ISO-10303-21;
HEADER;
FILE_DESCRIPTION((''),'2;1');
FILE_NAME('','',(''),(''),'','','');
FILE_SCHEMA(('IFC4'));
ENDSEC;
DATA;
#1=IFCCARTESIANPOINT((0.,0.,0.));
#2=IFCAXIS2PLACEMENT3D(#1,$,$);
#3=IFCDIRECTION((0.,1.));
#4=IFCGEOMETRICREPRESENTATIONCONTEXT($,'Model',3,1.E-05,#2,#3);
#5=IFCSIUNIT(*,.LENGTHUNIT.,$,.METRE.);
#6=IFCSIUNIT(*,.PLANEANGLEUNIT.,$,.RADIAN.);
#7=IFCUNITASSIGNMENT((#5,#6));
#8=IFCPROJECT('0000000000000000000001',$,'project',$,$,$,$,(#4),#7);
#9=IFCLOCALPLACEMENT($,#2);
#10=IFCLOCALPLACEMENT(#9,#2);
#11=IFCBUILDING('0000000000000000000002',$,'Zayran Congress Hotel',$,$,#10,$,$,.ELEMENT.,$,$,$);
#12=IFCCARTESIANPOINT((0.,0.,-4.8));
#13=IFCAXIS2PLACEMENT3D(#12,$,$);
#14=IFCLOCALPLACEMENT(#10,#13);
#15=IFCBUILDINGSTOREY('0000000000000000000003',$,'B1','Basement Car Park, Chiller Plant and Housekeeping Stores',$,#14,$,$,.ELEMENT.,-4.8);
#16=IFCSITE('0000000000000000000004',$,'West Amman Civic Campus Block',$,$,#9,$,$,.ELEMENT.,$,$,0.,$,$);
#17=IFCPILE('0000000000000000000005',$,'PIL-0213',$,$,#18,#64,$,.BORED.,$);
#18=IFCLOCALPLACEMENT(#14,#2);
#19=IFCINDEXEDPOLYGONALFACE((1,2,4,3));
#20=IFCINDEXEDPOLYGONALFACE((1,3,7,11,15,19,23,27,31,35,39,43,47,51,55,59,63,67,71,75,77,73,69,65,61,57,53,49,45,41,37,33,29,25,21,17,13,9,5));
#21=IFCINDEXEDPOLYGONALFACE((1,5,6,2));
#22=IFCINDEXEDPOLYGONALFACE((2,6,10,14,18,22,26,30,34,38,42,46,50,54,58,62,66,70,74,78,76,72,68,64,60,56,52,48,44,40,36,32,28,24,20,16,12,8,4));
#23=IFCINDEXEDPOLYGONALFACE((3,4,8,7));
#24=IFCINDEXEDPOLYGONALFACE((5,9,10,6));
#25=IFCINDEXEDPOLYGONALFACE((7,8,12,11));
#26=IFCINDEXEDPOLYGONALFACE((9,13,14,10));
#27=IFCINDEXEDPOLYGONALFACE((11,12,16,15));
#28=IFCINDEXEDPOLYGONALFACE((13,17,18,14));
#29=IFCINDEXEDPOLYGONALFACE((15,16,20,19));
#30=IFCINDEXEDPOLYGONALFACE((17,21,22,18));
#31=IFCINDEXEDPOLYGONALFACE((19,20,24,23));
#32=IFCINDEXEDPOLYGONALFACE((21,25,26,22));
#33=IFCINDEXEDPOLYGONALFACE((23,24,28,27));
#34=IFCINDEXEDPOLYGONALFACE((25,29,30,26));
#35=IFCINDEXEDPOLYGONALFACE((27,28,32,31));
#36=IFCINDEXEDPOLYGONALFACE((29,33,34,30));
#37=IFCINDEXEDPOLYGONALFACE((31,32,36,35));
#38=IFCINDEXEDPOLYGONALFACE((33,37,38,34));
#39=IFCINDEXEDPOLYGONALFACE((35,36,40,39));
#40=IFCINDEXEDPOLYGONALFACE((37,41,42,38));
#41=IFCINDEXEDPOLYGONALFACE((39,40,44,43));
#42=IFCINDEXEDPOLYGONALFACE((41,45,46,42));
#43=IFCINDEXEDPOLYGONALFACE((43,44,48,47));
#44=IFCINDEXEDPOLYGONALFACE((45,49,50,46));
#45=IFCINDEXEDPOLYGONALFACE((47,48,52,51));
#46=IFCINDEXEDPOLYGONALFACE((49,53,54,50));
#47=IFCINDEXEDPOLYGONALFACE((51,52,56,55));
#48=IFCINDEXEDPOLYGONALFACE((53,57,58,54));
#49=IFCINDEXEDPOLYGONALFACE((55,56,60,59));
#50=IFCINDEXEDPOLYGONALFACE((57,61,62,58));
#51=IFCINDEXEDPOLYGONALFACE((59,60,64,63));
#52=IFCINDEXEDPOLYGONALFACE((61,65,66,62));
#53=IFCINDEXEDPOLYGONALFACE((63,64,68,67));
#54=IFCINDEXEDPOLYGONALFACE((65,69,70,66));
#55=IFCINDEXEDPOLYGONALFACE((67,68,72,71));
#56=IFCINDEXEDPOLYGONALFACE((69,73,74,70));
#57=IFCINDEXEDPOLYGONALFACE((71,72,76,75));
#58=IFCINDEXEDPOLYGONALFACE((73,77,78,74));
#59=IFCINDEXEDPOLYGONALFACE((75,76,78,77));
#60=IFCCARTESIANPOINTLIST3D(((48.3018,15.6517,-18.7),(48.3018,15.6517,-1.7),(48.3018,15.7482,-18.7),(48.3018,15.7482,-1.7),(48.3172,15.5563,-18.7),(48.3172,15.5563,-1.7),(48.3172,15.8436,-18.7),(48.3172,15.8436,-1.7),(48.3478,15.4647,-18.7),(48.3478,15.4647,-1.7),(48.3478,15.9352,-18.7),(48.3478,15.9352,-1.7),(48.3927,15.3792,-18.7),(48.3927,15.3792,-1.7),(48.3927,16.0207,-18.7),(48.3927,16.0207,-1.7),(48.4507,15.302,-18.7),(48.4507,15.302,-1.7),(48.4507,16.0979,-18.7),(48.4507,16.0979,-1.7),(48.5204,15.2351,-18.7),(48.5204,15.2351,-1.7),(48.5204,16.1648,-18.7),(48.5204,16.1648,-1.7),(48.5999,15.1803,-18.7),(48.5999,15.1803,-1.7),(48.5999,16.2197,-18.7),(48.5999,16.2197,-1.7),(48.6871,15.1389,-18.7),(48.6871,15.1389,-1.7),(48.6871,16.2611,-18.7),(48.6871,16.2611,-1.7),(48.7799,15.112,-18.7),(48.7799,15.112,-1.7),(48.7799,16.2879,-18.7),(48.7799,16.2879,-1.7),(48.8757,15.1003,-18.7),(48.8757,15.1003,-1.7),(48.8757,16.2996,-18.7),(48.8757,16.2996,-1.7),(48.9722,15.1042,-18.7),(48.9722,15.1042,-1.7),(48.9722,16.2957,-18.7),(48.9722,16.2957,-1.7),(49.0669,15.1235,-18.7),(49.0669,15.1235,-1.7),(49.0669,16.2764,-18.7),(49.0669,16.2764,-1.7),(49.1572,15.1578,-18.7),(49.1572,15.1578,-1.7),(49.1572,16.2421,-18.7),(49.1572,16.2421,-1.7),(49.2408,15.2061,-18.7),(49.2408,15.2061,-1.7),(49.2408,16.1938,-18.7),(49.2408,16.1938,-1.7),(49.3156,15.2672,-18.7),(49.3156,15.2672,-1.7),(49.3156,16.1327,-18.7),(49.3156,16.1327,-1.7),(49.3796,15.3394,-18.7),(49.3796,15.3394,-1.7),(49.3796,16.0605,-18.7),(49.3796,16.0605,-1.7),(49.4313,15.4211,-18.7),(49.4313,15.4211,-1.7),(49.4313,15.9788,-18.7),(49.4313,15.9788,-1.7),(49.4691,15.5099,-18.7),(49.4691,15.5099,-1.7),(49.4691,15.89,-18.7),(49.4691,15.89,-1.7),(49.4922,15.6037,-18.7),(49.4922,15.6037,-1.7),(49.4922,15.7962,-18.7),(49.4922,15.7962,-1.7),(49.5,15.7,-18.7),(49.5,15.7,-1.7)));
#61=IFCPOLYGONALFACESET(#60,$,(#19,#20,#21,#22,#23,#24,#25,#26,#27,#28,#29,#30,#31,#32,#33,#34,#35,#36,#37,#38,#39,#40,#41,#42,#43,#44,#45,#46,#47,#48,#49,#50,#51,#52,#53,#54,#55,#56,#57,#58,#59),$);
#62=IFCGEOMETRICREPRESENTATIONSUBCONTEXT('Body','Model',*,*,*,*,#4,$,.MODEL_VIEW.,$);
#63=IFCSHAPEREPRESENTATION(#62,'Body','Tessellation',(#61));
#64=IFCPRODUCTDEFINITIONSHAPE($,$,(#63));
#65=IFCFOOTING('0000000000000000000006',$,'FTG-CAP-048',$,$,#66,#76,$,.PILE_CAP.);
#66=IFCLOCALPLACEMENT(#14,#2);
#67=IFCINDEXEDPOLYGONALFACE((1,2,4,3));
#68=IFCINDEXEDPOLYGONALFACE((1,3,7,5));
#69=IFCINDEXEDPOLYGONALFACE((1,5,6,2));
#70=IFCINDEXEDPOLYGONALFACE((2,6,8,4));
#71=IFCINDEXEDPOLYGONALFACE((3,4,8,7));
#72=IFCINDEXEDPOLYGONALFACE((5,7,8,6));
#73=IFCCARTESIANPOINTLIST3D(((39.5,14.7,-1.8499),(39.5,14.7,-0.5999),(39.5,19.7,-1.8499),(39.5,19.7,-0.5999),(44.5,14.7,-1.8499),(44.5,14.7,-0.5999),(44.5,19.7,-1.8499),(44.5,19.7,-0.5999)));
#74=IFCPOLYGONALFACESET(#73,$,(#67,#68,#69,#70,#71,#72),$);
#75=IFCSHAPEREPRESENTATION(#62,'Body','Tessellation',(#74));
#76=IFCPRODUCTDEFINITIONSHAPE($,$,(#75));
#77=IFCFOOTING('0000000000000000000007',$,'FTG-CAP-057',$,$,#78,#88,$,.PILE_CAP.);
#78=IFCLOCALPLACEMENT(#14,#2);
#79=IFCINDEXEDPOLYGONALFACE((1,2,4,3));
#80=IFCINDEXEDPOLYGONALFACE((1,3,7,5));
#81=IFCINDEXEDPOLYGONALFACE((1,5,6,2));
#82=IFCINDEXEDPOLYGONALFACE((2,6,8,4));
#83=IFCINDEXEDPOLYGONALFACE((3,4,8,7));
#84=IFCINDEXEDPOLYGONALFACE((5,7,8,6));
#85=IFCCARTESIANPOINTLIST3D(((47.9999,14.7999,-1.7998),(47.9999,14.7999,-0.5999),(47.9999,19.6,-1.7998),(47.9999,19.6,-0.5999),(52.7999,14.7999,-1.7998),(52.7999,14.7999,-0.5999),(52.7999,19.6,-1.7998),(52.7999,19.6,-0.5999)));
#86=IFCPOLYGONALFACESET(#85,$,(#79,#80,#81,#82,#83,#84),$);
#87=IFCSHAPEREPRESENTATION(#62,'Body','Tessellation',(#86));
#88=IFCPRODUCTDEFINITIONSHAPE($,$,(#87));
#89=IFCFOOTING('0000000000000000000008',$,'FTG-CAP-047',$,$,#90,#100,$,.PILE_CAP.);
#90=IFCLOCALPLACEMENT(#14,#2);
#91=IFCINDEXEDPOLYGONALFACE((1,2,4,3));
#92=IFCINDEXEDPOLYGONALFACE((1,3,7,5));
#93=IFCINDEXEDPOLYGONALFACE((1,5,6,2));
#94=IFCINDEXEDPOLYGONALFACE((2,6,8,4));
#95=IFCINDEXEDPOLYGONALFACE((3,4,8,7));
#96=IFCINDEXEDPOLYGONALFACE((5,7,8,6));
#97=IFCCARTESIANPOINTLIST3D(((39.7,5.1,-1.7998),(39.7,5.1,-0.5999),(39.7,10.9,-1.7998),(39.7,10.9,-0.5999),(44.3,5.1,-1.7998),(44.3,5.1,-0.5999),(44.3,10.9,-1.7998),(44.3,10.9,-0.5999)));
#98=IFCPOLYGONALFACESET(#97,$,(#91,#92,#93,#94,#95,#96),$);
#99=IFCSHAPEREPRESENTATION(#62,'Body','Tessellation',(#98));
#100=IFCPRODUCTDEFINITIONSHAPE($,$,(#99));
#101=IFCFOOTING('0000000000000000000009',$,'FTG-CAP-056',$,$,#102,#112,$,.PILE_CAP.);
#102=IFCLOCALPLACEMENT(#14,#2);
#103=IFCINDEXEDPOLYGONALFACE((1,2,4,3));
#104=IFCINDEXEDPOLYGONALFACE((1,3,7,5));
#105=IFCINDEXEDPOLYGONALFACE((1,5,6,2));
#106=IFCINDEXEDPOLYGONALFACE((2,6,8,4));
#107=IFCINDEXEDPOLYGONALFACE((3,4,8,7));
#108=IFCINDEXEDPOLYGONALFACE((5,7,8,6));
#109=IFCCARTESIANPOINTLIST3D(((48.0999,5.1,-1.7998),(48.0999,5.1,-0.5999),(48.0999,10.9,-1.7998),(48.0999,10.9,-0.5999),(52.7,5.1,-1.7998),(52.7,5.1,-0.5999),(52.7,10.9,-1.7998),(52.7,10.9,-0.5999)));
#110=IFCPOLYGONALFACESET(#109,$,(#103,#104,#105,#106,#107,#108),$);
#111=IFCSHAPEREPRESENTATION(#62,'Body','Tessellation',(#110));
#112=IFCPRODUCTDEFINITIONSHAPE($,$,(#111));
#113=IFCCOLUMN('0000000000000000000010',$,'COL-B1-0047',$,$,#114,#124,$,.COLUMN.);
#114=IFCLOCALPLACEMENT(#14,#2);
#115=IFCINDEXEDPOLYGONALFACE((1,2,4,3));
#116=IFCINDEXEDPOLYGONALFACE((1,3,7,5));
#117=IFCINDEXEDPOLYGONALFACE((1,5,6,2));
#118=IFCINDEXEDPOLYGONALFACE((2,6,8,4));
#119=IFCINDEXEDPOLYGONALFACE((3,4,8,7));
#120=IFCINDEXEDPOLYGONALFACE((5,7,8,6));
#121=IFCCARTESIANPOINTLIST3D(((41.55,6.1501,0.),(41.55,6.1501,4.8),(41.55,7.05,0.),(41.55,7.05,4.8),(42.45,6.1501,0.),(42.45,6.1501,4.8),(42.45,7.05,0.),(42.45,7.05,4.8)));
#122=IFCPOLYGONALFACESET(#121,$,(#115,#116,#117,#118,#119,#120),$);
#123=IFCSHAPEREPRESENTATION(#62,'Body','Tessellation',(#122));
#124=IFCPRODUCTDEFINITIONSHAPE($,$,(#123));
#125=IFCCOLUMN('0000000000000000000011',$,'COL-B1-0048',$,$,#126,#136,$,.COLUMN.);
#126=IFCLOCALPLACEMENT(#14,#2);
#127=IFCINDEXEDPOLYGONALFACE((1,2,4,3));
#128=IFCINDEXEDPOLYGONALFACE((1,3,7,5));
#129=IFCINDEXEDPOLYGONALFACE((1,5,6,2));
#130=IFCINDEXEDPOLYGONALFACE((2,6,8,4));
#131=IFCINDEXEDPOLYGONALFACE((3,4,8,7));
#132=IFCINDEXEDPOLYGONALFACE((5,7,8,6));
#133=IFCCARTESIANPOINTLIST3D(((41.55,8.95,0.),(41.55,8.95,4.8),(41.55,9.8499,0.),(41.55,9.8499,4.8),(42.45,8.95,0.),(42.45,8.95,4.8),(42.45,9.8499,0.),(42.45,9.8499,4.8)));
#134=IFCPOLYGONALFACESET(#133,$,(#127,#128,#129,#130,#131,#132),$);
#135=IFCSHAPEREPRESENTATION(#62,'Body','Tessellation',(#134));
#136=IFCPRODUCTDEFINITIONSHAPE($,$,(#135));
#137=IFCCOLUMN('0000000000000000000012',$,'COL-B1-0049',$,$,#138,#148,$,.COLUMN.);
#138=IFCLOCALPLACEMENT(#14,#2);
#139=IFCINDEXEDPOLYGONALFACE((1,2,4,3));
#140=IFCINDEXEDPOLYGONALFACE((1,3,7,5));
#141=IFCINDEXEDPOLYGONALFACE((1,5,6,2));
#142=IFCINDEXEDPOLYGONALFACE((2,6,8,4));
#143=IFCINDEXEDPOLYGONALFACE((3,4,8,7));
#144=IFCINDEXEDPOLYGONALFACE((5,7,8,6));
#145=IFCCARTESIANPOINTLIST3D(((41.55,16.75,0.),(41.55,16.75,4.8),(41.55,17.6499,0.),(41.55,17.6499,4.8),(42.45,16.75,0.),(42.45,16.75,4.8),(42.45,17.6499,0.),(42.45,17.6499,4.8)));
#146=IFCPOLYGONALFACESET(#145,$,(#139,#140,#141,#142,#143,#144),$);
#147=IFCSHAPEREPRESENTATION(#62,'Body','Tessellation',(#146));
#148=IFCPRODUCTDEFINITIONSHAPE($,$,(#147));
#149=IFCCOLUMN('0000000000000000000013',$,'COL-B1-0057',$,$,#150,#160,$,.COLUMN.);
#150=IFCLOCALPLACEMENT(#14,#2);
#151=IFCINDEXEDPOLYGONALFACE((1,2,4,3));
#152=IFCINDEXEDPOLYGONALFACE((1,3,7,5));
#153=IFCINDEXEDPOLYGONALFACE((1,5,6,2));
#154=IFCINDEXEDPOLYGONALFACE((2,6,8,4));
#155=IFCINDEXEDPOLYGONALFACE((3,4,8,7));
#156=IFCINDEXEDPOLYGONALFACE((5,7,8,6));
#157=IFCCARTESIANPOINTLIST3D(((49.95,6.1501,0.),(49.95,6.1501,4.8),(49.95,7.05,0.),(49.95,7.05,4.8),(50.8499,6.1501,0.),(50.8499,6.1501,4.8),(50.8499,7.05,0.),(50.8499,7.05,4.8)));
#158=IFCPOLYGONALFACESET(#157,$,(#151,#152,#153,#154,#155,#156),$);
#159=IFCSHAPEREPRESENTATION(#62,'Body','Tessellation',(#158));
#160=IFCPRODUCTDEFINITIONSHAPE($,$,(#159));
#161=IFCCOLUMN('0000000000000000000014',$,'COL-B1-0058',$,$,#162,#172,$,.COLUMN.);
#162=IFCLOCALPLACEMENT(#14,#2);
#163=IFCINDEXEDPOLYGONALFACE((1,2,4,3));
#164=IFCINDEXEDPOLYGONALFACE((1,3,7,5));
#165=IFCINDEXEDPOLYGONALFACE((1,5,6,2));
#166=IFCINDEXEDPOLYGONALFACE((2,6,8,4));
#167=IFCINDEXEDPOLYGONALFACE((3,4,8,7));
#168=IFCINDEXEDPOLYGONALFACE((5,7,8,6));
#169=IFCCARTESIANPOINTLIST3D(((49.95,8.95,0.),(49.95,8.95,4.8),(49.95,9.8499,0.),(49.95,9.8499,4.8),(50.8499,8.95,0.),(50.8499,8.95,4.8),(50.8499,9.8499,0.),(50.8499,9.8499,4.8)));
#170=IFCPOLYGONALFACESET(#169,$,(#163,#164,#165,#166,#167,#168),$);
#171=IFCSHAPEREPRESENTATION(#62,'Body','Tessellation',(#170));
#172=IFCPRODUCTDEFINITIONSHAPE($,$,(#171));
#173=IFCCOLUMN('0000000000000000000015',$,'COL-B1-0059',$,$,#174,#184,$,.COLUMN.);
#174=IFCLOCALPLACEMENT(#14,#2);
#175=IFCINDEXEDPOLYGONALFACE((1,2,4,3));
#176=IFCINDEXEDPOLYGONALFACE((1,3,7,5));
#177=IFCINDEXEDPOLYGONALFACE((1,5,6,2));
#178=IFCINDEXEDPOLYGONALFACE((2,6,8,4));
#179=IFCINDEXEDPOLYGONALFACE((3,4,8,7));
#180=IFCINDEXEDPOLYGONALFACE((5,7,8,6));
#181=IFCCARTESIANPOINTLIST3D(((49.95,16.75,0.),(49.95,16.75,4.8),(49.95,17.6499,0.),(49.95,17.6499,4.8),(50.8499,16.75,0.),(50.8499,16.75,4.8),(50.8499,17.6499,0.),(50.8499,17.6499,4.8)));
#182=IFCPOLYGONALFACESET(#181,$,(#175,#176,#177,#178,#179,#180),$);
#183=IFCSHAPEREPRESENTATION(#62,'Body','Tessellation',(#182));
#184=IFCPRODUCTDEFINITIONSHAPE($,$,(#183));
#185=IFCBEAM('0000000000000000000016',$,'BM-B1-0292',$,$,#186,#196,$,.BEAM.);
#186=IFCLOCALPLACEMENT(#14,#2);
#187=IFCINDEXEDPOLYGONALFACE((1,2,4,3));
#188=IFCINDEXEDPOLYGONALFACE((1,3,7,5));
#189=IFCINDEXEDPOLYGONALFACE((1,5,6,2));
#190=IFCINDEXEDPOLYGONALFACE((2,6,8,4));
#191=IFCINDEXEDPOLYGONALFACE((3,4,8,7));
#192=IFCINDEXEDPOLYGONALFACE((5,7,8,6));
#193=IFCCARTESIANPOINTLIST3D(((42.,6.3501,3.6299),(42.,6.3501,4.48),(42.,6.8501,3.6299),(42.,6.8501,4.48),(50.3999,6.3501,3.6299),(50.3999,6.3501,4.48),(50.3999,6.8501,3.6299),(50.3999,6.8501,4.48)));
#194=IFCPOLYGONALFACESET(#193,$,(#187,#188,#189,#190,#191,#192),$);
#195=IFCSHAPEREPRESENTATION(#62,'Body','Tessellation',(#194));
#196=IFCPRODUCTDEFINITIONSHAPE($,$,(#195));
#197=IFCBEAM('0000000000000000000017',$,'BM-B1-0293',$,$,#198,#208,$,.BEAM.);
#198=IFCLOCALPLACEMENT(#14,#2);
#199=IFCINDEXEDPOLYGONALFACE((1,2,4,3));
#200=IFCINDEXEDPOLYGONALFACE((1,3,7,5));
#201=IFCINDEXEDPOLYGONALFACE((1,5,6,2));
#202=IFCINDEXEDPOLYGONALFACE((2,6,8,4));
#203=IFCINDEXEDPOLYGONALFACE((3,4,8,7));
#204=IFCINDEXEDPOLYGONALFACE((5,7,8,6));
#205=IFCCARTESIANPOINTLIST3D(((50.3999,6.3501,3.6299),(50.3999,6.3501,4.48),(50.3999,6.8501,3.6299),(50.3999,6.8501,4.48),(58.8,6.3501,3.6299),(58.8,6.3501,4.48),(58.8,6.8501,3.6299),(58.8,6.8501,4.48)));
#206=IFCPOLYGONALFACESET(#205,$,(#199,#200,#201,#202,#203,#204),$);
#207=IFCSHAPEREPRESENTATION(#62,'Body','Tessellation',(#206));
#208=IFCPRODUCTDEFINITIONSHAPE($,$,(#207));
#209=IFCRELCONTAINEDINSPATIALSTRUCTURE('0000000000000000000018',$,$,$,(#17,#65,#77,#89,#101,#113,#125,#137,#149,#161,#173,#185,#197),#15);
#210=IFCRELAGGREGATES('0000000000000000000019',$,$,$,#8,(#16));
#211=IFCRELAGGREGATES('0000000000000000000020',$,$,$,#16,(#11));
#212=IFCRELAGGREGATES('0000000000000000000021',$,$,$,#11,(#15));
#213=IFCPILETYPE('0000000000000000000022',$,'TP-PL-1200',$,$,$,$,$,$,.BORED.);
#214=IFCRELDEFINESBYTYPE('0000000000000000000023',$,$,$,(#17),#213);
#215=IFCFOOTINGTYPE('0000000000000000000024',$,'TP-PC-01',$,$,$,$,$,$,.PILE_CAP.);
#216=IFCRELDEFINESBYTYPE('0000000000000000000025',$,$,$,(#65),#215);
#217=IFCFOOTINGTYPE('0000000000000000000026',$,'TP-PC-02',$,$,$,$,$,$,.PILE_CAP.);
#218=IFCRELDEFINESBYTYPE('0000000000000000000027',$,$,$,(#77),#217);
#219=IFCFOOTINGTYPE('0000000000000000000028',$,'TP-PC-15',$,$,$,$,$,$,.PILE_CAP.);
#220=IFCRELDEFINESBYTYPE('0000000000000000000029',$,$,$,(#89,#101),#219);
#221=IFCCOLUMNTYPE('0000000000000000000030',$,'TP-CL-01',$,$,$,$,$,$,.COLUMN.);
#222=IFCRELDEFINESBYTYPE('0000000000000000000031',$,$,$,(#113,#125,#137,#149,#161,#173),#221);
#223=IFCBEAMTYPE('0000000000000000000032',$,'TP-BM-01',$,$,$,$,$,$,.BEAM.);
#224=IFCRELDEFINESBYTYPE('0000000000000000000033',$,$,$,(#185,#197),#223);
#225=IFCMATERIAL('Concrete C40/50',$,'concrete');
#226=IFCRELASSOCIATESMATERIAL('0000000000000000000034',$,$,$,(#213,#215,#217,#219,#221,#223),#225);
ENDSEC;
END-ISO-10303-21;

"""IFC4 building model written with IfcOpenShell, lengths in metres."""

from ifc_helpers import new_model, si_unit, direction, frame, origin, origin_2d, place, context, subcontext, project, spatial, rectangle, circle, extrude, material, material_profile, profile_set, type_object, element, save


model = new_model("IFC4")

# Units and contexts
model_context = context("Model", 3, precision=1e-05, world=origin(), true_north=direction((0.0, 1.0)))
body_context = subcontext(model_context, "Body", "Model", "MODEL_VIEW")
ifc_project = project(units=[si_unit("LENGTHUNIT", "METRE"), si_unit("PLANEANGLEUNIT", "RADIAN")], contexts=[model_context])

# Site, building, storey
site_placement = place(None, origin())
site = spatial("IfcSite", under=ifc_project, at=site_placement, Name="West Amman Civic Campus Block", CompositionType="ELEMENT", RefElevation=0.0)
building_placement = place(site_placement, origin())
building = spatial("IfcBuilding", under=site, at=building_placement, Name="Zayran Congress Hotel", CompositionType="ELEMENT")
storey_placement = place(building_placement, frame((0.0, 0.0, -4.8)))
storey = spatial("IfcBuildingStorey", under=building, at=storey_placement, Name="B1", Description="Basement Car Park, Chiller Plant and Housekeeping Stores", CompositionType="ELEMENT", Elevation=-4.8)

# Pile
ifc_material_1 = material(Name="Concrete C40/50", Category="concrete")
ifc_material_profile_1 = material_profile(ifc_material_1, circle(Radius=0.6001, at=origin_2d()), Name="PILE D1200")
ifc_profile_set_1 = profile_set([ifc_material_profile_1], Name="Concrete C40/50")
pile_type = type_object("IfcPileType", Name="TP-PL-1200", PredefinedType="BORED", material=ifc_profile_set_1)
for number, where, z_axis, x_axis, name in (
    (1, (48.8999, 15.7, -1.7), (0.0, 0.0, -1.0), (1.0, 0.0, 0.0), "PIL-0213"),
):
    element("IfcPile", number, at=place(storey_placement, frame(where, z_axis=z_axis, x_axis=x_axis)), inside=storey, type_object=pile_type, Name=name, PredefinedType="BORED", context=body_context, shape_type="SweptSolid", body=[
        extrude(circle(Radius=0.6001, at=origin_2d()), origin(), (0.0, 0.0, 1.0), 17.0),
    ])

# Footings
footing_type_1 = type_object("IfcFootingType", Name="TP-PC-01", PredefinedType="PILE_CAP", material=ifc_material_1)
footing_1_placement = place(storey_placement, frame((42.0, 17.2, -1.8499), z_axis=(0.0, 0.0, 1.0), x_axis=(1.0, 0.0, 0.0)))
element("IfcFooting", 2, at=footing_1_placement, inside=storey, type_object=footing_type_1, Name="FTG-CAP-048", PredefinedType="PILE_CAP", context=body_context, shape_type="SweptSolid", body=[
    extrude(rectangle(XDim=5.0, YDim=5.0, at=origin_2d()), origin(), (0.0, 0.0, 1.0), 1.25),
])
footing_type_2 = type_object("IfcFootingType", Name="TP-PC-02", PredefinedType="PILE_CAP", material=ifc_material_1)
footing_2_placement = place(storey_placement, frame((50.3999, 17.2, -1.7998), z_axis=(0.0, 0.0, 1.0), x_axis=(1.0, 0.0, 0.0)))
element("IfcFooting", 3, at=footing_2_placement, inside=storey, type_object=footing_type_2, Name="FTG-CAP-057", PredefinedType="PILE_CAP", context=body_context, shape_type="SweptSolid", body=[
    extrude(rectangle(XDim=4.8, YDim=4.8, at=origin_2d()), origin(), (0.0, 0.0, 1.0), 1.2),
])
footing_type_3 = type_object("IfcFootingType", Name="TP-PC-15", PredefinedType="PILE_CAP", material=ifc_material_1)
for number, where, z_axis, x_axis, name in (
    (4, (42.0, 8.0, -1.7998), (0.0, 0.0, 1.0), (1.0, 0.0, 0.0), "FTG-CAP-047"),
    (5, (50.3999, 8.0, -1.7998), (0.0, 0.0, 1.0), (1.0, 0.0, 0.0), "FTG-CAP-056"),
):
    element("IfcFooting", number, at=place(storey_placement, frame(where, z_axis=z_axis, x_axis=x_axis)), inside=storey, type_object=footing_type_3, Name=name, PredefinedType="PILE_CAP", context=body_context, shape_type="SweptSolid", body=[
        extrude(rectangle(XDim=4.6001, YDim=5.8, at=origin_2d()), origin(), (0.0, 0.0, 1.0), 1.2),
    ])

# Columns
ifc_material_profile_2 = material_profile(ifc_material_1, rectangle(XDim=0.8999, YDim=0.8999, at=origin_2d()), Name="RC 900x900")
ifc_profile_set_2 = profile_set([ifc_material_profile_2], Name="Concrete C40/50")
column_type = type_object("IfcColumnType", Name="TP-CL-01", PredefinedType="COLUMN", material=ifc_profile_set_2)
for number, where, z_axis, x_axis, name in (
    (6, (42.0, 6.6001, 0.0), (0.0, 0.0, 1.0), (1.0, 0.0, 0.0), "COL-B1-0047"),
    (7, (42.0, 9.3999, 0.0), (0.0, 0.0, 1.0), (1.0, 0.0, 0.0), "COL-B1-0048"),
    (8, (42.0, 17.2, 0.0), (0.0, 0.0, 1.0), (1.0, 0.0, 0.0), "COL-B1-0049"),
    (9, (50.3999, 6.6001, 0.0), (0.0, 0.0, 1.0), (1.0, 0.0, 0.0), "COL-B1-0057"),
    (10, (50.3999, 9.3999, 0.0), (0.0, 0.0, 1.0), (1.0, 0.0, 0.0), "COL-B1-0058"),
    (11, (50.3999, 17.2, 0.0), (0.0, 0.0, 1.0), (1.0, 0.0, 0.0), "COL-B1-0059"),
):
    element("IfcColumn", number, at=place(storey_placement, frame(where, z_axis=z_axis, x_axis=x_axis)), inside=storey, type_object=column_type, Name=name, PredefinedType="COLUMN", context=body_context, shape_type="SweptSolid", body=[
        extrude(rectangle(XDim=0.8999, YDim=0.8999, at=origin_2d()), origin(), (0.0, 0.0, 1.0), 4.8),
    ])

# Beams
ifc_material_profile_3 = material_profile(ifc_material_1, rectangle(XDim=0.5, YDim=0.8501, at=origin_2d()), Name="RC 500x850")
ifc_profile_set_3 = profile_set([ifc_material_profile_3], Name="Concrete C40/50")
beam_type = type_object("IfcBeamType", Name="TP-BM-01", PredefinedType="BEAM", material=ifc_profile_set_3)
beam_1_placement = place(storey_placement, frame((42.0, 6.6001, 4.0549), z_axis=(1.0, 0.0, 0.0), x_axis=(0.0, 1.0, 0.0)))
element("IfcBeam", 12, at=beam_1_placement, inside=storey, type_object=beam_type, Name="BM-B1-0292", PredefinedType="BEAM", context=body_context, shape_type="SweptSolid", body=[
    extrude(rectangle(XDim=0.5, YDim=0.8501, at=origin_2d()), origin(), (0.0, 0.0, 1.0), 8.3999),
])
beam_2_placement = place(storey_placement, frame((50.3999, 6.6001, 4.0549), z_axis=(1.0, 0.0, 0.0), x_axis=(0.0, 1.0, 0.0)))
element("IfcBeam", 13, at=beam_2_placement, inside=storey, type_object=beam_type, Name="BM-B1-0293", PredefinedType="BEAM", context=body_context, shape_type="SweptSolid", body=[
    extrude(rectangle(XDim=0.5, YDim=0.8501, at=origin_2d()), origin(), (0.0, 0.0, 1.0), 8.4001),
])

save(model, "model.ifc")
